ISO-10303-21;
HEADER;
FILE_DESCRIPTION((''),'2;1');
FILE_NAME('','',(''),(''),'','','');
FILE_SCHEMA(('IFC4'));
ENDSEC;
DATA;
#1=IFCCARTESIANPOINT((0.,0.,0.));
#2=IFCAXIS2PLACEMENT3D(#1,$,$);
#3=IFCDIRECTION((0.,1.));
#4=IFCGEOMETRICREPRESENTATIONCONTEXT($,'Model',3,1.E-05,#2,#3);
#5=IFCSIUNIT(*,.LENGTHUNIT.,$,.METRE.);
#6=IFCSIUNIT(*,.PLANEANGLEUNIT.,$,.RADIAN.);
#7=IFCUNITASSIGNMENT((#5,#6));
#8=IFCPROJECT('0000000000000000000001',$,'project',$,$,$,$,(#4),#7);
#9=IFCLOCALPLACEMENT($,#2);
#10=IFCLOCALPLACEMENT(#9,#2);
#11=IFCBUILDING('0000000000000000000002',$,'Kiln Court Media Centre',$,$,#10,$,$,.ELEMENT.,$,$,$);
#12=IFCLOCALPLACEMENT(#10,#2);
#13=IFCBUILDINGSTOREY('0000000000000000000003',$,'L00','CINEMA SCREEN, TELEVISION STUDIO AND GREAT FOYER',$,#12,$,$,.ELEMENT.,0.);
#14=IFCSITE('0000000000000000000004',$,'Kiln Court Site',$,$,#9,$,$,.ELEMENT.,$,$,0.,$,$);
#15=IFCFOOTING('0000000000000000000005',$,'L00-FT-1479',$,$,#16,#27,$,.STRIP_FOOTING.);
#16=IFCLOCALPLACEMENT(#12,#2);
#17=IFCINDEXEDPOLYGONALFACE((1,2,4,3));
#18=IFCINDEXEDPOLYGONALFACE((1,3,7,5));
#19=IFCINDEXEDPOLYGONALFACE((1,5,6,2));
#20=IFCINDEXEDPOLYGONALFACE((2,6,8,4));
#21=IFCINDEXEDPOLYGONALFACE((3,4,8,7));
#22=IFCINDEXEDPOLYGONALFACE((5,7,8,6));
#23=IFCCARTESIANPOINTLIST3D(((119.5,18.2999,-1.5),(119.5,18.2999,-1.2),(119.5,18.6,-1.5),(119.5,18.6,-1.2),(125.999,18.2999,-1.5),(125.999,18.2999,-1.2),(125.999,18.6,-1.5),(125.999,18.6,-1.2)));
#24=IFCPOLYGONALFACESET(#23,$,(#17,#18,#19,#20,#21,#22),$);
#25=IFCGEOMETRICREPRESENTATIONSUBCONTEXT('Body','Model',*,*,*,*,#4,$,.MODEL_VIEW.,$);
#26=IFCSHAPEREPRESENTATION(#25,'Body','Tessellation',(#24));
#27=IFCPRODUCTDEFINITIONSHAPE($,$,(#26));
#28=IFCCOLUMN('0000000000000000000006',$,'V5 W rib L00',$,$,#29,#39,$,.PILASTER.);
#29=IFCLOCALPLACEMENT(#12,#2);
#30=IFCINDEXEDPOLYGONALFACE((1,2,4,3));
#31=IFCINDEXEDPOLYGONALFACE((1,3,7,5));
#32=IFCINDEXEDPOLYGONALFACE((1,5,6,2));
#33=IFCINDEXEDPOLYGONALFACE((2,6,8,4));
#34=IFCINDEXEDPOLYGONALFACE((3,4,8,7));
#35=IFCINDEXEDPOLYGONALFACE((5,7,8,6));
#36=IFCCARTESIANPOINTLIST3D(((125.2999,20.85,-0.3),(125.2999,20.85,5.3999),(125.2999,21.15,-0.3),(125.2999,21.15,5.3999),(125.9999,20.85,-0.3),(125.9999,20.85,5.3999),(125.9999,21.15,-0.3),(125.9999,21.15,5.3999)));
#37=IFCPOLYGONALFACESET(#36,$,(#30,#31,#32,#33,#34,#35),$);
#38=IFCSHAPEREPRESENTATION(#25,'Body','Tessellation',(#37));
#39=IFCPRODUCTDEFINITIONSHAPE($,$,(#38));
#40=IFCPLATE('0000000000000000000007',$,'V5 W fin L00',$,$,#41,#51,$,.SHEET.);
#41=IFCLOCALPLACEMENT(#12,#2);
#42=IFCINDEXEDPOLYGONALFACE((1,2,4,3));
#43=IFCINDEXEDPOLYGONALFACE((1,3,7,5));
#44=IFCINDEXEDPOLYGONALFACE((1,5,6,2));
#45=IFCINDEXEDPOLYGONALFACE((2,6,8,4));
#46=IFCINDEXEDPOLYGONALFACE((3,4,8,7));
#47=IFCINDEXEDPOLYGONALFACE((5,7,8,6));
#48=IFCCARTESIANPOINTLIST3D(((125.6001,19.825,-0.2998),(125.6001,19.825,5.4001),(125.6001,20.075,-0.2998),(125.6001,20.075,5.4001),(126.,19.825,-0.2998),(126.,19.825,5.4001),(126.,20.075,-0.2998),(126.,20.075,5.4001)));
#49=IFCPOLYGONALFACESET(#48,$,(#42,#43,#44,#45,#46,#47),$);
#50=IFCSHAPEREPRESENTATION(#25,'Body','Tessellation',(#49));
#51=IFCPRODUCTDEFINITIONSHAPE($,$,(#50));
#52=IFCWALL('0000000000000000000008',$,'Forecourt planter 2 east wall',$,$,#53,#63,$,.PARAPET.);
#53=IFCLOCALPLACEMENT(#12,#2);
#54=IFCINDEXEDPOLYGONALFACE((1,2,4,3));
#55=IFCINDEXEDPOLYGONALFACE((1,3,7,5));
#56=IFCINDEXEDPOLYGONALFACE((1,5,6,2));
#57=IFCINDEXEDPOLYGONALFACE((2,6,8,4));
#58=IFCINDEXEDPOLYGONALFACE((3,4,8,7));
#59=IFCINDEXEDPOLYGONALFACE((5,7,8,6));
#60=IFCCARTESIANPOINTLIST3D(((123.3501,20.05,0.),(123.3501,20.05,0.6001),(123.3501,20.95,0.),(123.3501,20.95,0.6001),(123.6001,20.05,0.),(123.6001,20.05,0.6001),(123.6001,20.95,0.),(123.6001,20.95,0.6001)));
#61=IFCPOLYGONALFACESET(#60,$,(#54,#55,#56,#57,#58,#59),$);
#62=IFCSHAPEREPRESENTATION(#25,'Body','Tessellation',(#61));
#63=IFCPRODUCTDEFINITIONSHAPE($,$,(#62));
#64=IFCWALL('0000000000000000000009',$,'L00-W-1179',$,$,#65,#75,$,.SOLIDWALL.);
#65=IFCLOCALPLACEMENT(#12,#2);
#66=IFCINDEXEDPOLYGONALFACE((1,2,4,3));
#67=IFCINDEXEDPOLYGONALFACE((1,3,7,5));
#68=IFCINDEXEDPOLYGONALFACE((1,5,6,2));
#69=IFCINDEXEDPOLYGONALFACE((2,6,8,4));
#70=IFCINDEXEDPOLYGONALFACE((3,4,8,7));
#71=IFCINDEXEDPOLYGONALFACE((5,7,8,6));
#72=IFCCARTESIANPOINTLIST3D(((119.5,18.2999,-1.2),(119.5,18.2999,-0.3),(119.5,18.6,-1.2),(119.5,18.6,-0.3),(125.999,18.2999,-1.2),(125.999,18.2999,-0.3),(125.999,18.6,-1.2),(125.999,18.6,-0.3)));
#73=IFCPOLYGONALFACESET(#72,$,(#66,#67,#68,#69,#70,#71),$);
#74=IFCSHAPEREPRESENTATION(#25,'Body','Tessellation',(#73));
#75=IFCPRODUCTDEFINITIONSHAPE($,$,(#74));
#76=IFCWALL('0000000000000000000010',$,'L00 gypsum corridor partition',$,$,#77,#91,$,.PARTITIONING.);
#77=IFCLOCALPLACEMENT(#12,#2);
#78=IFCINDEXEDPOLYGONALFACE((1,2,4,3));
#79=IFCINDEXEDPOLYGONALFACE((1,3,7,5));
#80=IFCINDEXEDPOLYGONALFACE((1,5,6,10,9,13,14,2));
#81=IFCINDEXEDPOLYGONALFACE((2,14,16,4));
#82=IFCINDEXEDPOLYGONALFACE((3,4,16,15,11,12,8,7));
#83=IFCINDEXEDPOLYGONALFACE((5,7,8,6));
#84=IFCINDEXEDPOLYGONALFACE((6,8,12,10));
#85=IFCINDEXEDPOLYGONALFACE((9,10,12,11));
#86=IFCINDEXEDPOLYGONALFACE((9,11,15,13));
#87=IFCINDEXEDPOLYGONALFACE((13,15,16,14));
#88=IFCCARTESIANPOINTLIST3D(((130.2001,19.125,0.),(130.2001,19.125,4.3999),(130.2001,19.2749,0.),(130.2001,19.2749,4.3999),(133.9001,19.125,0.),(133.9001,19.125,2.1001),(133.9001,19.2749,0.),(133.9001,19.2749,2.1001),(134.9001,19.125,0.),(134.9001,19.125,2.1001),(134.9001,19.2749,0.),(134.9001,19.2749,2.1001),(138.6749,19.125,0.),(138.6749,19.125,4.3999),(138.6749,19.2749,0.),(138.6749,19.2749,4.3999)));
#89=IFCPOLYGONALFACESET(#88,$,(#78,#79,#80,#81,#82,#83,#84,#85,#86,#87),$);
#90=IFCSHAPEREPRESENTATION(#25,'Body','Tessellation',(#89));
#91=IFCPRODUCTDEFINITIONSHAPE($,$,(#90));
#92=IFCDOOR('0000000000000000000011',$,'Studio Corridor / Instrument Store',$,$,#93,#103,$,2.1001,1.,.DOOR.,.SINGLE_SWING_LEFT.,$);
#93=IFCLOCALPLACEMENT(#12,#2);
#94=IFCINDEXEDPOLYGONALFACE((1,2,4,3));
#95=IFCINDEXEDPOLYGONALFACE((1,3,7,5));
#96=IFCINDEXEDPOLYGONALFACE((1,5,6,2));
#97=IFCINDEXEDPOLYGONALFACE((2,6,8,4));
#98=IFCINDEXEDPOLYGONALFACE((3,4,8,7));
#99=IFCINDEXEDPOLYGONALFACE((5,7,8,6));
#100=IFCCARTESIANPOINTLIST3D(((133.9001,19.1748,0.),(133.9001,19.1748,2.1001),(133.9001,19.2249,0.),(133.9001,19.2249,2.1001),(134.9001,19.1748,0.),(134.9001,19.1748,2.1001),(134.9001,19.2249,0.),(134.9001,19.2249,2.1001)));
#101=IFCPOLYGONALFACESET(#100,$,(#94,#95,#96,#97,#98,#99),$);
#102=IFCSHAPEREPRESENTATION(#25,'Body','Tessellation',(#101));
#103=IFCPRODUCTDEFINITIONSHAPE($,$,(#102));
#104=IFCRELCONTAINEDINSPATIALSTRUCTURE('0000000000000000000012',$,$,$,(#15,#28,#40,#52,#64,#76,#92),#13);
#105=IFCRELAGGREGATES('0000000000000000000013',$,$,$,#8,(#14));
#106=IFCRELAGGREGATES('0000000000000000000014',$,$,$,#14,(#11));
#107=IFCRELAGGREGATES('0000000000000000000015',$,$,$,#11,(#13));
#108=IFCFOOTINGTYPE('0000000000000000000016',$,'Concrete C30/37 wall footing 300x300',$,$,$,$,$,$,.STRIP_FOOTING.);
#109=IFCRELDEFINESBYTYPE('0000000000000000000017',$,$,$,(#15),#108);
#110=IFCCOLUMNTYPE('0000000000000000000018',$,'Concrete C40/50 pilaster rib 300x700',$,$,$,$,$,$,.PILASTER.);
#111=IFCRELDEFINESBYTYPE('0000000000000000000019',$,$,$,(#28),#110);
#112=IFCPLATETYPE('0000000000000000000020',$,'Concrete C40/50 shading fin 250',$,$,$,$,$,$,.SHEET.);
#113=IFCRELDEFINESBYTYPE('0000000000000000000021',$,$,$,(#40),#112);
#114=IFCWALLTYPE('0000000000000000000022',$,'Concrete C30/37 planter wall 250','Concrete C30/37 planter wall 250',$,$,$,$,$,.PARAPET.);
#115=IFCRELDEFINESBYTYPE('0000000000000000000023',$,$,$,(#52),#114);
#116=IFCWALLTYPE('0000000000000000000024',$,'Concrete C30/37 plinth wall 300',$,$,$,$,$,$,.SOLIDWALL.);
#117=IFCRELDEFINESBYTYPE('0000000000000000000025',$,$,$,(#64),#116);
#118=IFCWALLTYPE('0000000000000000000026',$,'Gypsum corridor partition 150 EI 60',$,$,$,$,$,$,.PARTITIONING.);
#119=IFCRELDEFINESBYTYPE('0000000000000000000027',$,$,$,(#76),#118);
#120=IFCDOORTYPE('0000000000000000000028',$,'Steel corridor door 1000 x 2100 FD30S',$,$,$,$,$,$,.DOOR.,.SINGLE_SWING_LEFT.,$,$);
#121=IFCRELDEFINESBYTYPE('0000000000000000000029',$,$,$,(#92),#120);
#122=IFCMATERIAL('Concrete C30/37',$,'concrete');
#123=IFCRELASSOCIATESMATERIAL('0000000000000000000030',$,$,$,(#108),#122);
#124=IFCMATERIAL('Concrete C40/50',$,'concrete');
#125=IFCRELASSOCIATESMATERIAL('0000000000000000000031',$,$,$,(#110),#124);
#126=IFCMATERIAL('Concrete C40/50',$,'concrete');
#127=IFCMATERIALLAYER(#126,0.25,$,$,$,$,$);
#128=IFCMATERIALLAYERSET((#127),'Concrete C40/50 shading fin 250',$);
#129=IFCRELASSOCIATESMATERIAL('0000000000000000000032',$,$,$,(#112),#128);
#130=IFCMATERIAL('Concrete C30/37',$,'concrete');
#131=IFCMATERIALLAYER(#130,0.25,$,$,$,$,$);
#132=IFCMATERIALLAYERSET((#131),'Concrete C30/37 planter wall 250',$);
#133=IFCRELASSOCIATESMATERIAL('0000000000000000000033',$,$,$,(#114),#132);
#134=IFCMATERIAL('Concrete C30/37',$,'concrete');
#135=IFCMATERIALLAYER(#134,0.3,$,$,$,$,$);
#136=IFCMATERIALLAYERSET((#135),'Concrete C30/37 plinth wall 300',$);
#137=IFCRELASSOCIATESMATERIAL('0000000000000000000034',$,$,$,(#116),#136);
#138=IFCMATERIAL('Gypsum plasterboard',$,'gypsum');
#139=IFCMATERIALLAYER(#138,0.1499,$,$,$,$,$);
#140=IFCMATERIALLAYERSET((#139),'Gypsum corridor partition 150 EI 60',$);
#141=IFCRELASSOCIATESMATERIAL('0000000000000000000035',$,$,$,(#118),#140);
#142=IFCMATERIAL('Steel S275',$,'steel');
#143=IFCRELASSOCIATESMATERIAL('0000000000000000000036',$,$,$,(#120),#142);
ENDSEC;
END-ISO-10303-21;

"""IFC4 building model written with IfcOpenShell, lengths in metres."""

from ifc_helpers import new_model, si_unit, direction, frame, frame_2d, origin, origin_2d, place, context, subcontext, project, spatial, rectangle, extrude, material, layer, layer_set, material_profile, profile_set, type_object, element, fill, save


model = new_model("IFC4")

# Units and contexts
model_context = context("Model", 3, precision=1e-05, world=origin(), true_north=direction((0.0, 1.0)))
body_context = subcontext(model_context, "Body", "Model", "MODEL_VIEW")
ifc_project = project(units=[si_unit("LENGTHUNIT", "METRE"), si_unit("PLANEANGLEUNIT", "RADIAN")], contexts=[model_context])

# Site, building, storey
site_placement = place(None, origin())
site = spatial("IfcSite", under=ifc_project, at=site_placement, Name="Kiln Court Site", CompositionType="ELEMENT", RefElevation=0.0)
building_placement = place(site_placement, origin())
building = spatial("IfcBuilding", under=site, at=building_placement, Name="Kiln Court Media Centre", CompositionType="ELEMENT")
storey_placement = place(building_placement, origin())
storey = spatial("IfcBuildingStorey", under=building, at=storey_placement, Name="L00", Description="CINEMA SCREEN, TELEVISION STUDIO AND GREAT FOYER", CompositionType="ELEMENT", Elevation=0.0)

# Footing
ifc_material_1 = material(Name="Concrete C30/37", Category="concrete")
footing_type_1 = type_object("IfcFootingType", Name="Concrete C30/37 wall footing 300x300", PredefinedType="STRIP_FOOTING", material=ifc_material_1)
footing_1_placement = place(storey_placement, frame((122.7495, 18.45, -1.5), z_axis=(0.0, 0.0, 1.0), x_axis=(1.0, 0.0, 0.0)))
element("IfcFooting", 1, at=footing_1_placement, inside=storey, type_object=footing_type_1, Name="L00-FT-1479", PredefinedType="STRIP_FOOTING", context=body_context, shape_type="SweptSolid", body=[
    extrude(rectangle(XDim=6.499, YDim=0.3, at=origin_2d()), origin(), (0.0, 0.0, 1.0), 0.3),
])

# Column
ifc_material_2 = material(Name="Concrete C40/50", Category="concrete")
ifc_material_profile_1 = material_profile(ifc_material_2, rectangle(XDim=0.3, YDim=0.7, at=origin_2d()), Name="RC 300x700")
ifc_profile_set_1 = profile_set([ifc_material_profile_1], Name="Concrete C40/50")
column_type = type_object("IfcColumnType", Name="Concrete C40/50 pilaster rib 300x700", PredefinedType="PILASTER", material=ifc_profile_set_1)
column_placement = place(storey_placement, frame((125.6499, 21.0, -0.3), z_axis=(0.0, 0.0, 1.0), x_axis=(0.0, 1.0, 0.0)))
element("IfcColumn", 2, at=column_placement, inside=storey, type_object=column_type, Name="V5 W rib L00", PredefinedType="PILASTER", context=body_context, shape_type="SweptSolid", body=[
    extrude(rectangle(XDim=0.3, YDim=0.7, at=origin_2d()), origin(), (0.0, 0.0, 1.0), 5.7),
])

# Plate
ifc_material_3 = material(Name="Concrete C40/50", Category="concrete")
ifc_layer_1 = layer(ifc_material_3, 0.25)
ifc_layer_set_1 = layer_set([ifc_layer_1], Name="Concrete C40/50 shading fin 250")
plate_type = type_object("IfcPlateType", Name="Concrete C40/50 shading fin 250", PredefinedType="SHEET", material=ifc_layer_set_1)
plate_placement = place(storey_placement, frame((125.8, 19.95, -0.2998), z_axis=(0.0, 0.0, 1.0), x_axis=(1.0, 0.0, 0.0)))
element("IfcPlate", 3, at=plate_placement, inside=storey, type_object=plate_type, Name="V5 W fin L00", PredefinedType="SHEET", context=body_context, shape_type="SweptSolid", body=[
    extrude(rectangle(XDim=0.3999, YDim=0.25, at=origin_2d()), origin(), (0.0, 0.0, 1.0), 5.7),
])

# Walls
ifc_material_4 = material(Name="Concrete C30/37", Category="concrete")
ifc_layer_2 = layer(ifc_material_4, 0.25)
ifc_layer_set_2 = layer_set([ifc_layer_2], Name="Concrete C30/37 planter wall 250")
wall_type_1 = type_object("IfcWallType", Name="Concrete C30/37 planter wall 250", Description="Concrete C30/37 planter wall 250", PredefinedType="PARAPET", material=ifc_layer_set_2)
wall_1_placement = place(storey_placement, frame((123.4751, 20.05, 0.0), z_axis=(0.0, 0.0, 1.0), x_axis=(0.0, 1.0, 0.0)))
element("IfcWall", 4, at=wall_1_placement, inside=storey, type_object=wall_type_1, Name="Forecourt planter 2 east wall", PredefinedType="PARAPET", context=body_context, shape_type="SweptSolid", body=[
    extrude(rectangle(XDim=0.8999, YDim=0.25, at=frame_2d((0.45, 0.0))), origin(), (0.0, 0.0, 1.0), 0.6001),
])
ifc_material_5 = material(Name="Concrete C30/37", Category="concrete")
ifc_layer_3 = layer(ifc_material_5, 0.3)
ifc_layer_set_3 = layer_set([ifc_layer_3], Name="Concrete C30/37 plinth wall 300")
wall_type_2 = type_object("IfcWallType", Name="Concrete C30/37 plinth wall 300", PredefinedType="SOLIDWALL", material=ifc_layer_set_3)
wall_2_placement = place(storey_placement, frame((125.999, 18.45, -1.2), z_axis=(0.0, 0.0, 1.0), x_axis=(-1.0, 0.0, 0.0)))
element("IfcWall", 5, at=wall_2_placement, inside=storey, type_object=wall_type_2, Name="L00-W-1179", PredefinedType="SOLIDWALL", context=body_context, shape_type="SweptSolid", body=[
    extrude(rectangle(XDim=6.499, YDim=0.3, at=frame_2d((3.2495, 0.0))), origin(), (0.0, 0.0, 1.0), 0.8999),
])

# Wall, opening, door
ifc_material_6 = material(Name="Gypsum plasterboard", Category="gypsum")
ifc_layer_4 = layer(ifc_material_6, 0.1499)
ifc_layer_set_4 = layer_set([ifc_layer_4], Name="Gypsum corridor partition 150 EI 60")
wall_type_3 = type_object("IfcWallType", Name="Gypsum corridor partition 150 EI 60", PredefinedType="PARTITIONING", material=ifc_layer_set_4)
wall_3_placement = place(storey_placement, frame((130.2002, 19.2, 0.0), z_axis=(0.0, 0.0, 1.0), x_axis=(1.0, 0.0, 0.0)))
wall_3 = element("IfcWall", 6, at=wall_3_placement, inside=storey, type_object=wall_type_3, Name="L00 gypsum corridor partition", PredefinedType="PARTITIONING", context=body_context, shape_type="SweptSolid", body=[
    extrude(rectangle(XDim=8.4749, YDim=0.1499, at=frame_2d((4.2373, 0.0))), origin(), (0.0, 0.0, 1.0), 4.3999),
])
opening_placement = place(wall_3_placement, frame((3.7, 0.0, 0.0)))
opening = element("IfcOpeningElement", 7, at=opening_placement, cuts=wall_3, PredefinedType="OPENING", context=body_context, shape_type="SweptSolid", body=[
    extrude(rectangle(XDim=1.0, YDim=2.1001, at=frame_2d((0.5, 1.05))), frame((0.0, 0.085, 0.0), z_axis=(0.0, -1.0, 0.0), x_axis=(1.0, 0.0, 0.0)), (0.0, 0.0, 1.0), 0.1699),
])
ifc_material_7 = material(Name="Steel S275", Category="steel")
door_type = type_object("IfcDoorType", Name="Steel corridor door 1000 x 2100 FD30S", OperationType="SINGLE_SWING_LEFT", PredefinedType="DOOR", material=ifc_material_7)
door_placement = place(opening_placement, origin())
door = element("IfcDoor", 8, at=door_placement, inside=storey, type_object=door_type, Name="Studio Corridor / Instrument Store", OperationType="SINGLE_SWING_LEFT", OverallHeight=2.1001, OverallWidth=1.0, PredefinedType="DOOR", context=body_context, shape_type="SweptSolid", body=[
    extrude(rectangle(XDim=1.0, YDim=2.1001, at=frame_2d((0.5, 1.05))), frame((0.0, 0.0249, 0.0), z_axis=(0.0, -1.0, 0.0), x_axis=(1.0, 0.0, 0.0)), (0.0, 0.0, 1.0), 0.05),
])
fill(opening, door)

save(model, "model.ifc")
